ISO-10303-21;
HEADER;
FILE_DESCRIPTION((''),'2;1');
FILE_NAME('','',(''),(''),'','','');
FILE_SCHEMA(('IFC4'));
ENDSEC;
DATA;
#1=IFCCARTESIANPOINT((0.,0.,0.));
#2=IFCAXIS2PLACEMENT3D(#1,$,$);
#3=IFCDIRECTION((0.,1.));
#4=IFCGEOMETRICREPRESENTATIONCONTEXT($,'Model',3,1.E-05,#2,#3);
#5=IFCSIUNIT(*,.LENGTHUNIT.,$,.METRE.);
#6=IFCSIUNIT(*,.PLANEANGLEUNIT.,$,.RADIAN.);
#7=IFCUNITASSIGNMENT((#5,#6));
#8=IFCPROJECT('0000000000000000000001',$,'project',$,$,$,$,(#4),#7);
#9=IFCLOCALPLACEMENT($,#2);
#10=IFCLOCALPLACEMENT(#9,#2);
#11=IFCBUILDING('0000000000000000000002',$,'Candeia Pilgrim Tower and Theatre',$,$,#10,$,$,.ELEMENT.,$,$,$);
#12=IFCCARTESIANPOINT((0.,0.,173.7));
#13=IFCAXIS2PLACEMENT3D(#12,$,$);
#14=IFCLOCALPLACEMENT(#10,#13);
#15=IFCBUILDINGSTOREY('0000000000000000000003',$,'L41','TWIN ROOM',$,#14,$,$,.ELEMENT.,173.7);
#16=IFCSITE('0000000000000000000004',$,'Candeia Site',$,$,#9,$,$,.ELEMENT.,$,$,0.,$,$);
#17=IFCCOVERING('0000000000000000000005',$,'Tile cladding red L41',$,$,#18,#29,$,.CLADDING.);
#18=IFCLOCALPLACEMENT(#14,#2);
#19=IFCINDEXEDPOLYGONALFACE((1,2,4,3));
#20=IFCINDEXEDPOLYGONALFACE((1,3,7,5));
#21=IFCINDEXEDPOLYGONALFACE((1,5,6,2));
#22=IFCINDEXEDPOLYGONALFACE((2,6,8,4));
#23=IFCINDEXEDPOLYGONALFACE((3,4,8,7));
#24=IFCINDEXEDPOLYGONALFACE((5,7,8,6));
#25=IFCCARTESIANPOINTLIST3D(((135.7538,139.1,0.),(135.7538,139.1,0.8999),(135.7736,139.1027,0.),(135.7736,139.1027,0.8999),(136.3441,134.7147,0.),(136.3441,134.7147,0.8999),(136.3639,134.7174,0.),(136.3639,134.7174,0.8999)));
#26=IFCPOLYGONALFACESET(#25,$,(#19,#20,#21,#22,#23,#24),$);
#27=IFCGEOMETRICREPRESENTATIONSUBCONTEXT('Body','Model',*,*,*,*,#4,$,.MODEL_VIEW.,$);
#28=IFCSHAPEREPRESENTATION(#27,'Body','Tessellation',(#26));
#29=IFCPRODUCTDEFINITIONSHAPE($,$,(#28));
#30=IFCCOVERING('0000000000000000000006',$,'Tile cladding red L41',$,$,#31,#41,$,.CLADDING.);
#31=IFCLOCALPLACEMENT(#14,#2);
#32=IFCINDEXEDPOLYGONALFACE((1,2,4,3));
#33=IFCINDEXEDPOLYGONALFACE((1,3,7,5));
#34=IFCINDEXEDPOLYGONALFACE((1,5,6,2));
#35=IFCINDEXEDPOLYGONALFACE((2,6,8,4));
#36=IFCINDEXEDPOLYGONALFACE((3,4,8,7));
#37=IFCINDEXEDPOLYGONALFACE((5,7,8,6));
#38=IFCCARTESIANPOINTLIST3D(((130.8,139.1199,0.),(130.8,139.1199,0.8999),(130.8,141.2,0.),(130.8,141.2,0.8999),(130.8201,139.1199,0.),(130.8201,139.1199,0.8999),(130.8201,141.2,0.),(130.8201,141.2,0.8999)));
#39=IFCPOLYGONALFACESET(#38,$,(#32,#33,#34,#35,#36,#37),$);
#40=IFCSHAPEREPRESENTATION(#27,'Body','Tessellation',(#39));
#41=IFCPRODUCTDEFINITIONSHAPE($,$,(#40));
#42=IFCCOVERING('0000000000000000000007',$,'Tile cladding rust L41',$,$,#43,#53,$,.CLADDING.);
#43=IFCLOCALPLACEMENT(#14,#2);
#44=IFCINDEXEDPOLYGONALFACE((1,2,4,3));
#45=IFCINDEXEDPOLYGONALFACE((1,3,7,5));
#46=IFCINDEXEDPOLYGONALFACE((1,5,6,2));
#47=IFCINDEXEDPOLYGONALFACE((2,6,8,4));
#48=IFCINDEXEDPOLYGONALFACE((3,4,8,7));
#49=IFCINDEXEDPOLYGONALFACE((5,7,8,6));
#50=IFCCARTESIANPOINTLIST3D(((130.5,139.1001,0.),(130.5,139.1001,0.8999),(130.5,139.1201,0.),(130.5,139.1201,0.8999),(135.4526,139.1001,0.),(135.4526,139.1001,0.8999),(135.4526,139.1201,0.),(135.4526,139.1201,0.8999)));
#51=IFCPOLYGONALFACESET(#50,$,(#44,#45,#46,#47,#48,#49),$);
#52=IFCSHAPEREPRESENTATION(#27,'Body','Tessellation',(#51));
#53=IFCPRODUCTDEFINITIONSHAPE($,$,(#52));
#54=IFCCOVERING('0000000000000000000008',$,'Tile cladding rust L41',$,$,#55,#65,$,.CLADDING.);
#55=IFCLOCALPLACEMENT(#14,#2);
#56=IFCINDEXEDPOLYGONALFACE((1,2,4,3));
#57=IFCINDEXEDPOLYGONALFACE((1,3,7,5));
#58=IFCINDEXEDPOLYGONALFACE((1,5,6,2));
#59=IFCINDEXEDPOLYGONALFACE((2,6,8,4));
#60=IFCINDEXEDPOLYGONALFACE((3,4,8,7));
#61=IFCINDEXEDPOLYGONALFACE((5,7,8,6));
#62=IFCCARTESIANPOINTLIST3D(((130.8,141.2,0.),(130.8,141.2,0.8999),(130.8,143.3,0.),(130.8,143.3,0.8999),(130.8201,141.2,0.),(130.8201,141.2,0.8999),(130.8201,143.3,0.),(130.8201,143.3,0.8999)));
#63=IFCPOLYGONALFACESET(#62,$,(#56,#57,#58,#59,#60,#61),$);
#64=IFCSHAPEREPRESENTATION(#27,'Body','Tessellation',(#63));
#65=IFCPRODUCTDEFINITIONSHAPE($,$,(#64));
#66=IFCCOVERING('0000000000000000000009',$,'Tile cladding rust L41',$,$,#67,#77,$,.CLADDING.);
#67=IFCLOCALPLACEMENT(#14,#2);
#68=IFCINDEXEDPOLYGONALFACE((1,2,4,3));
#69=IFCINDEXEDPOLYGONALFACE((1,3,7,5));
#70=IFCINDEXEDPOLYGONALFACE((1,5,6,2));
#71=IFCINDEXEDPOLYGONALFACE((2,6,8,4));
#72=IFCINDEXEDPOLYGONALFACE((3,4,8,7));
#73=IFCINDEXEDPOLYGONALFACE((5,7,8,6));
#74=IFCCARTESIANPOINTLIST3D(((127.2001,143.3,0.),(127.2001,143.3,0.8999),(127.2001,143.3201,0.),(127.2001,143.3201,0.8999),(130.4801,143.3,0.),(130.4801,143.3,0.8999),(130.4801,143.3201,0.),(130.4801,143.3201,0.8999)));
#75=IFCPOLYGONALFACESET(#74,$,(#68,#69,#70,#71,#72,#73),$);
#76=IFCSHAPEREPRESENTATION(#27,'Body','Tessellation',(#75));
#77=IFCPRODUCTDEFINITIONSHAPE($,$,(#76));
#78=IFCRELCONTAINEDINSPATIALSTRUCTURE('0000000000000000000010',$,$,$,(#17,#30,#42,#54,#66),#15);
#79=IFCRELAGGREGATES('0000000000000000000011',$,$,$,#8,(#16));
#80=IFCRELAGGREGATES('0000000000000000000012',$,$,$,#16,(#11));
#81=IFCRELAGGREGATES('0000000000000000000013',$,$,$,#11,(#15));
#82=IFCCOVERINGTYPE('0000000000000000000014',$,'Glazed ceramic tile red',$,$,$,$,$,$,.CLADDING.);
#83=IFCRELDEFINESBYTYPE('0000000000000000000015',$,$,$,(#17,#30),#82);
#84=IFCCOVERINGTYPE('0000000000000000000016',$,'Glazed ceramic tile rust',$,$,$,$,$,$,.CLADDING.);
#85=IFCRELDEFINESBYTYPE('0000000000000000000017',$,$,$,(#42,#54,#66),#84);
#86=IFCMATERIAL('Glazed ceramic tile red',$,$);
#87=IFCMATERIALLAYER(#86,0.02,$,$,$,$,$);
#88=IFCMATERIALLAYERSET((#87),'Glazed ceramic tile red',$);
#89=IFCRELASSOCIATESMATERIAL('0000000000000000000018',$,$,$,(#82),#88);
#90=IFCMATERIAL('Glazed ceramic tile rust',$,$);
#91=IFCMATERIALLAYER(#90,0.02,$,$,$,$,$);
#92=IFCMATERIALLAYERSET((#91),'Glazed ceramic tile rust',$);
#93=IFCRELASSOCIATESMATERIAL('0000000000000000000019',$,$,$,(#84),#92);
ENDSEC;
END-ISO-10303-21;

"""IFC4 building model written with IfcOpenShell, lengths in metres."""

from ifc_helpers import new_model, si_unit, direction, frame, origin, origin_2d, place, context, subcontext, project, spatial, rectangle, extrude, material, layer, layer_set, type_object, element, save


model = new_model("IFC4")

# Units and contexts
model_context = context("Model", 3, precision=1e-05, world=origin(), true_north=direction((0.0, 1.0)))
body_context = subcontext(model_context, "Body", "Model", "MODEL_VIEW")
ifc_project = project(units=[si_unit("LENGTHUNIT", "METRE"), si_unit("PLANEANGLEUNIT", "RADIAN")], contexts=[model_context])

# Site, building, storey
site_placement = place(None, origin())
site = spatial("IfcSite", under=ifc_project, at=site_placement, Name="Candeia Site", CompositionType="ELEMENT", RefElevation=0.0)
building_placement = place(site_placement, origin())
building = spatial("IfcBuilding", under=site, at=building_placement, Name="Candeia Pilgrim Tower and Theatre", CompositionType="ELEMENT")
storey_placement = place(building_placement, frame((0.0, 0.0, 173.7)))
storey = spatial("IfcBuildingStorey", under=building, at=storey_placement, Name="L41", Description="TWIN ROOM", CompositionType="ELEMENT", Elevation=173.7)

# Coverings
ifc_material_1 = material(Name="Glazed ceramic tile red")
ifc_layer_1 = layer(ifc_material_1, 0.02)
ifc_layer_set_1 = layer_set([ifc_layer_1], Name="Glazed ceramic tile red")
covering_type_1 = type_object("IfcCoveringType", Name="Glazed ceramic tile red", PredefinedType="CLADDING", material=ifc_layer_set_1)
covering_1_placement = place(storey_placement, frame((136.0588, 136.9087, 0.0), z_axis=(0.0, 0.0, 1.0), x_axis=(-0.133412, 0.991061, 0.0)))
element("IfcCovering", 1, at=covering_1_placement, inside=storey, type_object=covering_type_1, Name="Tile cladding red L41", PredefinedType="CLADDING", context=body_context, shape_type="SweptSolid", body=[
    extrude(rectangle(XDim=4.4248, YDim=0.02, at=origin_2d()), origin(), (0.0, 0.0, 1.0), 0.8999),
])
covering_2_placement = place(storey_placement, frame((130.8101, 140.1599, 0.0), z_axis=(0.0, 0.0, 1.0), x_axis=(0.0, 1.0, 0.0)))
element("IfcCovering", 2, at=covering_2_placement, inside=storey, type_object=covering_type_1, Name="Tile cladding red L41", PredefinedType="CLADDING", context=body_context, shape_type="SweptSolid", body=[
    extrude(rectangle(XDim=2.0801, YDim=0.02, at=origin_2d()), origin(), (0.0, 0.0, 1.0), 0.8999),
])
ifc_material_2 = material(Name="Glazed ceramic tile rust")
ifc_layer_2 = layer(ifc_material_2, 0.02)
ifc_layer_set_2 = layer_set([ifc_layer_2], Name="Glazed ceramic tile rust")
covering_type_2 = type_object("IfcCoveringType", Name="Glazed ceramic tile rust", PredefinedType="CLADDING", material=ifc_layer_set_2)
covering_3_placement = place(storey_placement, frame((132.9763, 139.1101, 0.0), z_axis=(0.0, 0.0, 1.0), x_axis=(-1.0, 0.0, 0.0)))
element("IfcCovering", 3, at=covering_3_placement, inside=storey, type_object=covering_type_2, Name="Tile cladding rust L41", PredefinedType="CLADDING", context=body_context, shape_type="SweptSolid", body=[
    extrude(rectangle(XDim=4.9526, YDim=0.02, at=origin_2d()), origin(), (0.0, 0.0, 1.0), 0.8999),
])
covering_4_placement = place(storey_placement, frame((130.8101, 142.25, 0.0), z_axis=(0.0, 0.0, 1.0), x_axis=(0.0, 1.0, 0.0)))
element("IfcCovering", 4, at=covering_4_placement, inside=storey, type_object=covering_type_2, Name="Tile cladding rust L41", PredefinedType="CLADDING", context=body_context, shape_type="SweptSolid", body=[
    extrude(rectangle(XDim=2.1001, YDim=0.02, at=origin_2d()), origin(), (0.0, 0.0, 1.0), 0.8999),
])
covering_5_placement = place(storey_placement, frame((128.8401, 143.3101, 0.0), z_axis=(0.0, 0.0, 1.0), x_axis=(-1.0, 0.0, 0.0)))
element("IfcCovering", 5, at=covering_5_placement, inside=storey, type_object=covering_type_2, Name="Tile cladding rust L41", PredefinedType="CLADDING", context=body_context, shape_type="SweptSolid", body=[
    extrude(rectangle(XDim=3.28, YDim=0.02, at=origin_2d()), origin(), (0.0, 0.0, 1.0), 0.8999),
])

save(model, "model.ifc")
